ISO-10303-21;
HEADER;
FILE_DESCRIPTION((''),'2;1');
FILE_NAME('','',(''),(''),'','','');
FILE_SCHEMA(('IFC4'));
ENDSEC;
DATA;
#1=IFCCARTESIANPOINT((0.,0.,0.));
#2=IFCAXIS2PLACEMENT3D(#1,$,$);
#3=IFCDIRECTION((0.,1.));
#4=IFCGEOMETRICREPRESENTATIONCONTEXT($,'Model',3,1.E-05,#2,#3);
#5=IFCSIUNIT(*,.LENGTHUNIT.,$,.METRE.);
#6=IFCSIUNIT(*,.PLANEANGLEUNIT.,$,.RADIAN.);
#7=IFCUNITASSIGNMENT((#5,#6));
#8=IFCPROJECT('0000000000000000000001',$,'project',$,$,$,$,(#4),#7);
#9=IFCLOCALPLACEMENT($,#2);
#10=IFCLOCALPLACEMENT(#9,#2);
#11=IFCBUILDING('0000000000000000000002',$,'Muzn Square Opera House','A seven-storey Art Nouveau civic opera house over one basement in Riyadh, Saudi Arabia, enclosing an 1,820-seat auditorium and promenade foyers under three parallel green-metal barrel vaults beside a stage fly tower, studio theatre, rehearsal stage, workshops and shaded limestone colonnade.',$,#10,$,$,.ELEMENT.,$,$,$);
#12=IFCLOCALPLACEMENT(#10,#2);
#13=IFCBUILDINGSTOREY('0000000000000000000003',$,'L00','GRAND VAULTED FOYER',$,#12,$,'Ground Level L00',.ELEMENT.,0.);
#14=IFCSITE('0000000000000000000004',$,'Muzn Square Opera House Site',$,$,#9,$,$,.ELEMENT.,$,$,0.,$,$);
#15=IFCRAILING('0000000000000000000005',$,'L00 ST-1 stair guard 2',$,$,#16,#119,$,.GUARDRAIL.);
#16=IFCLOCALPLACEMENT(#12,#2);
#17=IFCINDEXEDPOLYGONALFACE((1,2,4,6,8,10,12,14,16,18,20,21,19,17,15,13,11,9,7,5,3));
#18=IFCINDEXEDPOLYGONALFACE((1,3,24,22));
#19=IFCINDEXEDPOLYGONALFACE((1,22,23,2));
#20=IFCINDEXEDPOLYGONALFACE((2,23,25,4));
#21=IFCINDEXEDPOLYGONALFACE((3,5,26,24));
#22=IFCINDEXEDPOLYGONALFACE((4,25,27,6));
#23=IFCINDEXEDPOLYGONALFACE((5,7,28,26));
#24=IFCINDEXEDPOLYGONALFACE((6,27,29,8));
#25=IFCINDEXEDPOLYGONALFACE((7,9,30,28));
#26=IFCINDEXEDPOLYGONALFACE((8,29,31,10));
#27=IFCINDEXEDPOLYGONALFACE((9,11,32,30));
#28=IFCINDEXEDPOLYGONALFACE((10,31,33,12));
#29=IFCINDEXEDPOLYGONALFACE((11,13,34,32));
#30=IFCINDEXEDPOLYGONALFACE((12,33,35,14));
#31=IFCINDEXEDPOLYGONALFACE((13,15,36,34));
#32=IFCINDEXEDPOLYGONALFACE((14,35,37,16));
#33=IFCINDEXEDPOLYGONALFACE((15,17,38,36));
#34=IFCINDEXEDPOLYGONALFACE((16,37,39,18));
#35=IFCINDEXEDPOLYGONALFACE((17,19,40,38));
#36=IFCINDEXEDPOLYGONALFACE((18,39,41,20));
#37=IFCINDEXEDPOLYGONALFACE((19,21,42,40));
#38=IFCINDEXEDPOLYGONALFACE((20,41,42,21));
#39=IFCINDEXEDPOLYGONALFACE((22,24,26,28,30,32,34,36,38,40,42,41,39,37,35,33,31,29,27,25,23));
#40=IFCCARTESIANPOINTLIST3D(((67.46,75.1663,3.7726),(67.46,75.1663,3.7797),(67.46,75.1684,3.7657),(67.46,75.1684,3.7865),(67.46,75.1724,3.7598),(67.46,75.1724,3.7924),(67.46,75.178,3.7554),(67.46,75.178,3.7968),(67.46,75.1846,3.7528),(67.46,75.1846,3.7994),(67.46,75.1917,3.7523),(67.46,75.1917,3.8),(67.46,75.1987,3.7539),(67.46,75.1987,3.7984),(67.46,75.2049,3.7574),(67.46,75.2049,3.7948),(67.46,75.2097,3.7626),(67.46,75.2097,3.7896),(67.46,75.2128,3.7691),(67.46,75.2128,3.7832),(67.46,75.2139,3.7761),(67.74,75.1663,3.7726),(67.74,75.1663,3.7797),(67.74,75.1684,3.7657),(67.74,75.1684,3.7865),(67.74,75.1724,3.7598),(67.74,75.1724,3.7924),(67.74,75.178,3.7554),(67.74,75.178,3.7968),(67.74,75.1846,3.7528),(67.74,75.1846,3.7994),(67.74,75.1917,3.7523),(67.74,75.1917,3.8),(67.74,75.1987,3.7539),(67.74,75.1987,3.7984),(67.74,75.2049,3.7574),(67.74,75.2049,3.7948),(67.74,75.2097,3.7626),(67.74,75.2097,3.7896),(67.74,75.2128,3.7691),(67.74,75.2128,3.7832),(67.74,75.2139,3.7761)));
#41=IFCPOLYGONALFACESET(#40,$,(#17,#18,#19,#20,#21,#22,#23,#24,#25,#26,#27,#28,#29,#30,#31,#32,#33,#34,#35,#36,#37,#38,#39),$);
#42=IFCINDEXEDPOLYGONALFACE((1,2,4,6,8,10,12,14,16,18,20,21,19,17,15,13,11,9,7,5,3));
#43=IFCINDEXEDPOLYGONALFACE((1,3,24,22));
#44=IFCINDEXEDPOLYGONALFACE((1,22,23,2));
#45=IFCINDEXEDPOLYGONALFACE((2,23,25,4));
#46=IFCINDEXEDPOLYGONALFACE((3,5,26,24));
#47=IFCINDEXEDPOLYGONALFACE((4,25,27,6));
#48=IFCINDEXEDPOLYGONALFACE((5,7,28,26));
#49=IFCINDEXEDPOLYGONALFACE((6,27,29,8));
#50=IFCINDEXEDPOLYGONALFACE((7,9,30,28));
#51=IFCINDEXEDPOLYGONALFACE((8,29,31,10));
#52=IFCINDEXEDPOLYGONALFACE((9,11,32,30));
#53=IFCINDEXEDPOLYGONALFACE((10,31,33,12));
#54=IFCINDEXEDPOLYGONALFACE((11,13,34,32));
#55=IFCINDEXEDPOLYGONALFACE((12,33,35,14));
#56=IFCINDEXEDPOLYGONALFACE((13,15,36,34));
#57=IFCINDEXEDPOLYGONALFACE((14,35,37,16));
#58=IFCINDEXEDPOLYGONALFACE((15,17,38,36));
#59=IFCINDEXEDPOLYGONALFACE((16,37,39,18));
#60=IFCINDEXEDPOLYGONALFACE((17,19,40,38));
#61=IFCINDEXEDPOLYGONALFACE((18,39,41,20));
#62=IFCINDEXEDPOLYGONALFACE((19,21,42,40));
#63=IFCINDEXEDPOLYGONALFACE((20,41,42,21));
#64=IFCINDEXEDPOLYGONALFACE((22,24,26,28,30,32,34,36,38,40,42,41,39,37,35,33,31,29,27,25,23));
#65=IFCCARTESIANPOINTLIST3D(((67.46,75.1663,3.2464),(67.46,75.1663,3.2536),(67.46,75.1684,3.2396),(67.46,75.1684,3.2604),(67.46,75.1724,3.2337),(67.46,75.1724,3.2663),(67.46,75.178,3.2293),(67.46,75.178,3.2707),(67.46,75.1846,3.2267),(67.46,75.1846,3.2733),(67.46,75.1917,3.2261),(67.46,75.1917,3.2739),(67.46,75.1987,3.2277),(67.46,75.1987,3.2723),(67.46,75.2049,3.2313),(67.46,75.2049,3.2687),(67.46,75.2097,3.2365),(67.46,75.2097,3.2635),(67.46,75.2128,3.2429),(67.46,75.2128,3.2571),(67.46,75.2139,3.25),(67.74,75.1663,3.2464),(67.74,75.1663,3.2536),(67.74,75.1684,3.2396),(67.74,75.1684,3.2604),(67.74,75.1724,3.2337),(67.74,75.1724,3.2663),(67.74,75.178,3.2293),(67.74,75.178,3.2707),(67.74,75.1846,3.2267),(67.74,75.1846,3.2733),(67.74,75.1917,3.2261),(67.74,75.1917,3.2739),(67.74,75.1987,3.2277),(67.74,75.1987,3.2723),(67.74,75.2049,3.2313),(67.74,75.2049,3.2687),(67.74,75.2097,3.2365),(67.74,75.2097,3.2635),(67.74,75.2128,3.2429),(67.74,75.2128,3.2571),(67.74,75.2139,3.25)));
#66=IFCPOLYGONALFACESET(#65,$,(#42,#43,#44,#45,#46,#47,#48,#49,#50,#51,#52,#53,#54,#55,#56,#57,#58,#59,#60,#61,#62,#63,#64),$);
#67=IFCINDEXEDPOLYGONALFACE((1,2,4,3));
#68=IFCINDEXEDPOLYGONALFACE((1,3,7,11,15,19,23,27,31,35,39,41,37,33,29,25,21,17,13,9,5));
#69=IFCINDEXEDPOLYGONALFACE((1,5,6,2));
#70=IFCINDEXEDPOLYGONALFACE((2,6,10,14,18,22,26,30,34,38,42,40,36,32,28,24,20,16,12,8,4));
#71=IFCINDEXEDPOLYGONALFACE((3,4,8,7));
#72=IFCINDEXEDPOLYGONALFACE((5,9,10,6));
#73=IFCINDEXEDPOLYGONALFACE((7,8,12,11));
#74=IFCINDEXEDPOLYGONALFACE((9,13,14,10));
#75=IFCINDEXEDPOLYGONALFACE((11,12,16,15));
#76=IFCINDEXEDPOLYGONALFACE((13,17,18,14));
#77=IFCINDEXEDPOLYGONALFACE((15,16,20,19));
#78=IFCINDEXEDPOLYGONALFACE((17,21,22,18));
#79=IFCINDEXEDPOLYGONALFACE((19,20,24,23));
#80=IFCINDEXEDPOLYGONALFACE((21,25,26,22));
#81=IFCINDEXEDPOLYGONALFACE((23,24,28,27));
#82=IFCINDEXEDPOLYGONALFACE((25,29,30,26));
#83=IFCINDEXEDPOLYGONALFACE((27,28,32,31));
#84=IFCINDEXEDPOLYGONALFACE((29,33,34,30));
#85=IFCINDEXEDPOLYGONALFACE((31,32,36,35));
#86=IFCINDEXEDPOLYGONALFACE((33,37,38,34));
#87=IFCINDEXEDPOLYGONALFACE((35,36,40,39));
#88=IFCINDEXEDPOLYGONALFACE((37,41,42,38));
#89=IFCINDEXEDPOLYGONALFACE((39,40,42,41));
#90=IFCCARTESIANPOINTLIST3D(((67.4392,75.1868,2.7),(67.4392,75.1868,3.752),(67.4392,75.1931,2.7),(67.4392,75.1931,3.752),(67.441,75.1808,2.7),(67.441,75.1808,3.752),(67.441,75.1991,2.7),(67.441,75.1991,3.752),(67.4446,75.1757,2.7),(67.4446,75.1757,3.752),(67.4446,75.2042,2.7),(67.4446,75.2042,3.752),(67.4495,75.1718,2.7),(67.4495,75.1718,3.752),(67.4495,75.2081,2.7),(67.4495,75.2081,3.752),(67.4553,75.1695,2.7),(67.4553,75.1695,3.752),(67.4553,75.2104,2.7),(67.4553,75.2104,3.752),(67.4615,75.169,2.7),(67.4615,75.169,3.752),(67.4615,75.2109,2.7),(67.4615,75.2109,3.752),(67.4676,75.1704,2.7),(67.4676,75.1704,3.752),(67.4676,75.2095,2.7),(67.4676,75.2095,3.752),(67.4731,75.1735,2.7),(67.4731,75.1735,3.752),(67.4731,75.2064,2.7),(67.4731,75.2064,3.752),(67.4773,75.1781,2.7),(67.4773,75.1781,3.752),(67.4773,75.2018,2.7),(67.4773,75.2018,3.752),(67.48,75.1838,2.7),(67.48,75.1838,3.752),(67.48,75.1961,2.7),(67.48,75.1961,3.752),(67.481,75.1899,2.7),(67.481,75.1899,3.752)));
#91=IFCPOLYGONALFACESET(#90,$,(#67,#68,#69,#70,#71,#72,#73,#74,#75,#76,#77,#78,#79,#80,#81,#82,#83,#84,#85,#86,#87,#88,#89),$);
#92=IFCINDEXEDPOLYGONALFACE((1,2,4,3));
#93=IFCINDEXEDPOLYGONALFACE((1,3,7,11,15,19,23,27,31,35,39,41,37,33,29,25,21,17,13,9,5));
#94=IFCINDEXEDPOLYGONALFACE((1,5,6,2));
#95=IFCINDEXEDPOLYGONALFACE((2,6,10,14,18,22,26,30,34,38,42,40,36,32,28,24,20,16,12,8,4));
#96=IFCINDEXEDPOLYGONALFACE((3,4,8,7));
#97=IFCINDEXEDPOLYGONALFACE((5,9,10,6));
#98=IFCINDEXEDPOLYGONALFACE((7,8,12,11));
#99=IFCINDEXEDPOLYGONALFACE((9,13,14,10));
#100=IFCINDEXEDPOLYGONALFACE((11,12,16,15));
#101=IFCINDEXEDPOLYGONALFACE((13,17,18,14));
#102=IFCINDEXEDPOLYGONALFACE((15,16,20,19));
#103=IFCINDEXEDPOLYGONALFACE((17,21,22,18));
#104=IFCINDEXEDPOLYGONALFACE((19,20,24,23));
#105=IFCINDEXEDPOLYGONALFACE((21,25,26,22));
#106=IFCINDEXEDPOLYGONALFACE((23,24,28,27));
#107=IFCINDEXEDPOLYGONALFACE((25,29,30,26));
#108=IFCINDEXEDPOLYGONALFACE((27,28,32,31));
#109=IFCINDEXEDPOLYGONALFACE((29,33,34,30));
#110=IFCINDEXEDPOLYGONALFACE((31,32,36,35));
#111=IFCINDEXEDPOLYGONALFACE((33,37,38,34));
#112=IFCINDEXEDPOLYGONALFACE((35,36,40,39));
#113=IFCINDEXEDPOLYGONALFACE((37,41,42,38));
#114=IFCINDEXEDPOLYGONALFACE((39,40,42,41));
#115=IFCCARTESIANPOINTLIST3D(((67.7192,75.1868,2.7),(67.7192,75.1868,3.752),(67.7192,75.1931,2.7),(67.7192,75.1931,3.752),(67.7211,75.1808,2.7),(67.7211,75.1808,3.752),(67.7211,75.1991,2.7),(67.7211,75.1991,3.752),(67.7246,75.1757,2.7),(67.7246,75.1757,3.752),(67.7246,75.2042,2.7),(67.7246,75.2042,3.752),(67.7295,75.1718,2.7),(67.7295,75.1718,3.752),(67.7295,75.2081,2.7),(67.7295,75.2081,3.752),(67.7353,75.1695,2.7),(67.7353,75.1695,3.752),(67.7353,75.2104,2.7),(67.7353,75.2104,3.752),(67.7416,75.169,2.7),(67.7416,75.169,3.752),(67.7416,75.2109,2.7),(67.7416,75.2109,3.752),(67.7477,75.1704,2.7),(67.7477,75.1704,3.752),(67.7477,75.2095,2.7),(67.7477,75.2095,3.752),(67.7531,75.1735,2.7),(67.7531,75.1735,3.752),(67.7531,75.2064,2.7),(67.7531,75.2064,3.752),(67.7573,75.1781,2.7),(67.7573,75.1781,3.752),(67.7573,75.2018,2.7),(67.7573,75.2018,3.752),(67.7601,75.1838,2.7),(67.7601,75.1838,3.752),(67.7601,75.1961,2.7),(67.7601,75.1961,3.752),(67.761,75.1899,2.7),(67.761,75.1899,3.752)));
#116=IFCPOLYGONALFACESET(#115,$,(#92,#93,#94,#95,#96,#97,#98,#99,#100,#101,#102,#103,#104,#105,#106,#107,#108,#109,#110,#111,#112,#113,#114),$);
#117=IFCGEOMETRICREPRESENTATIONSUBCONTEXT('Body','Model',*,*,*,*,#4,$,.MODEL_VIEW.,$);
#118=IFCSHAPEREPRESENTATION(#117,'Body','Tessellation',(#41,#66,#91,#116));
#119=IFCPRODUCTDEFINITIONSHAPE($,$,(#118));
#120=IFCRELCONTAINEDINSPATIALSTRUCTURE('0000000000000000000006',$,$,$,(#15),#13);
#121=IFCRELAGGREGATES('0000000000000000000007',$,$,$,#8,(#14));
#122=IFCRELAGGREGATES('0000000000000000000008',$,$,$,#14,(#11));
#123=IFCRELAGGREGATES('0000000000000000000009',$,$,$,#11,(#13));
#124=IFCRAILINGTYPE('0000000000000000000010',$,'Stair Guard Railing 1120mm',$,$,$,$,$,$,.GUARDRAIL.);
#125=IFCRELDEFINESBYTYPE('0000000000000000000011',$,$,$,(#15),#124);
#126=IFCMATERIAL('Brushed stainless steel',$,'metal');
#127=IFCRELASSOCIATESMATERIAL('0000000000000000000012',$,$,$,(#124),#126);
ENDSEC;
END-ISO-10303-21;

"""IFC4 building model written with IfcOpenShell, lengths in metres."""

from ifc_helpers import new_model, si_unit, direction, frame, origin, origin_2d, place, context, subcontext, project, spatial, circle, extrude, material, type_object, element, save


model = new_model("IFC4")

# Units and contexts
model_context = context("Model", 3, precision=1e-05, world=origin(), true_north=direction((0.0, 1.0)))
body_context = subcontext(model_context, "Body", "Model", "MODEL_VIEW")
ifc_project = project(units=[si_unit("LENGTHUNIT", "METRE"), si_unit("PLANEANGLEUNIT", "RADIAN")], contexts=[model_context])

# Site, building, storey
site_placement = place(None, origin())
site = spatial("IfcSite", under=ifc_project, at=site_placement, Name="Muzn Square Opera House Site", CompositionType="ELEMENT", RefElevation=0.0)
building_placement = place(site_placement, origin())
building = spatial("IfcBuilding", under=site, at=building_placement, Name="Muzn Square Opera House", Description="A seven-storey Art Nouveau civic opera house over one basement in Riyadh, Saudi Arabia, enclosing an 1,820-seat auditorium and promenade foyers under three parallel green-metal barrel vaults beside a stage fly tower, studio theatre, rehearsal stage, workshops and shaded limestone colonnade.", CompositionType="ELEMENT")
storey_placement = place(building_placement, origin())
storey = spatial("IfcBuildingStorey", under=building, at=storey_placement, Name="L00", Description="GRAND VAULTED FOYER", LongName="Ground Level L00", CompositionType="ELEMENT", Elevation=0.0)

# Railing
ifc_material_1 = material(Name="Brushed stainless steel", Category="metal")
railing_type_1 = type_object("IfcRailingType", Name="Stair Guard Railing 1120mm", PredefinedType="GUARDRAIL", material=ifc_material_1)
railing_1_placement = place(storey_placement, frame((67.46, 75.1899, 2.7)))
element("IfcRailing", 1, at=railing_1_placement, inside=storey, type_object=railing_type_1, Name="L00 ST-1 stair guard 2", PredefinedType="GUARDRAIL", context=body_context, shape_type="SweptSolid", body=[
    extrude(circle(Radius=0.0239, at=origin_2d()), frame((0.0, 0.0, 1.0762), z_axis=(1.0, 0.0, 0.0), x_axis=(0.0, 1.0, 0.0)), (0.0, 0.0, 1.0), 0.28),
    extrude(circle(Radius=0.0239, at=origin_2d()), frame((0.0, 0.0, 0.55), z_axis=(1.0, 0.0, 0.0), x_axis=(0.0, 1.0, 0.0)), (0.0, 0.0, 1.0), 0.28),
    extrude(circle(Radius=0.021, at=origin_2d()), origin(), (0.0, 0.0, 1.0), 1.052),
    extrude(circle(Radius=0.021, at=origin_2d()), frame((0.28, 0.0, 0.0)), (0.0, 0.0, 1.0), 1.052),
])

save(model, "model.ifc")
